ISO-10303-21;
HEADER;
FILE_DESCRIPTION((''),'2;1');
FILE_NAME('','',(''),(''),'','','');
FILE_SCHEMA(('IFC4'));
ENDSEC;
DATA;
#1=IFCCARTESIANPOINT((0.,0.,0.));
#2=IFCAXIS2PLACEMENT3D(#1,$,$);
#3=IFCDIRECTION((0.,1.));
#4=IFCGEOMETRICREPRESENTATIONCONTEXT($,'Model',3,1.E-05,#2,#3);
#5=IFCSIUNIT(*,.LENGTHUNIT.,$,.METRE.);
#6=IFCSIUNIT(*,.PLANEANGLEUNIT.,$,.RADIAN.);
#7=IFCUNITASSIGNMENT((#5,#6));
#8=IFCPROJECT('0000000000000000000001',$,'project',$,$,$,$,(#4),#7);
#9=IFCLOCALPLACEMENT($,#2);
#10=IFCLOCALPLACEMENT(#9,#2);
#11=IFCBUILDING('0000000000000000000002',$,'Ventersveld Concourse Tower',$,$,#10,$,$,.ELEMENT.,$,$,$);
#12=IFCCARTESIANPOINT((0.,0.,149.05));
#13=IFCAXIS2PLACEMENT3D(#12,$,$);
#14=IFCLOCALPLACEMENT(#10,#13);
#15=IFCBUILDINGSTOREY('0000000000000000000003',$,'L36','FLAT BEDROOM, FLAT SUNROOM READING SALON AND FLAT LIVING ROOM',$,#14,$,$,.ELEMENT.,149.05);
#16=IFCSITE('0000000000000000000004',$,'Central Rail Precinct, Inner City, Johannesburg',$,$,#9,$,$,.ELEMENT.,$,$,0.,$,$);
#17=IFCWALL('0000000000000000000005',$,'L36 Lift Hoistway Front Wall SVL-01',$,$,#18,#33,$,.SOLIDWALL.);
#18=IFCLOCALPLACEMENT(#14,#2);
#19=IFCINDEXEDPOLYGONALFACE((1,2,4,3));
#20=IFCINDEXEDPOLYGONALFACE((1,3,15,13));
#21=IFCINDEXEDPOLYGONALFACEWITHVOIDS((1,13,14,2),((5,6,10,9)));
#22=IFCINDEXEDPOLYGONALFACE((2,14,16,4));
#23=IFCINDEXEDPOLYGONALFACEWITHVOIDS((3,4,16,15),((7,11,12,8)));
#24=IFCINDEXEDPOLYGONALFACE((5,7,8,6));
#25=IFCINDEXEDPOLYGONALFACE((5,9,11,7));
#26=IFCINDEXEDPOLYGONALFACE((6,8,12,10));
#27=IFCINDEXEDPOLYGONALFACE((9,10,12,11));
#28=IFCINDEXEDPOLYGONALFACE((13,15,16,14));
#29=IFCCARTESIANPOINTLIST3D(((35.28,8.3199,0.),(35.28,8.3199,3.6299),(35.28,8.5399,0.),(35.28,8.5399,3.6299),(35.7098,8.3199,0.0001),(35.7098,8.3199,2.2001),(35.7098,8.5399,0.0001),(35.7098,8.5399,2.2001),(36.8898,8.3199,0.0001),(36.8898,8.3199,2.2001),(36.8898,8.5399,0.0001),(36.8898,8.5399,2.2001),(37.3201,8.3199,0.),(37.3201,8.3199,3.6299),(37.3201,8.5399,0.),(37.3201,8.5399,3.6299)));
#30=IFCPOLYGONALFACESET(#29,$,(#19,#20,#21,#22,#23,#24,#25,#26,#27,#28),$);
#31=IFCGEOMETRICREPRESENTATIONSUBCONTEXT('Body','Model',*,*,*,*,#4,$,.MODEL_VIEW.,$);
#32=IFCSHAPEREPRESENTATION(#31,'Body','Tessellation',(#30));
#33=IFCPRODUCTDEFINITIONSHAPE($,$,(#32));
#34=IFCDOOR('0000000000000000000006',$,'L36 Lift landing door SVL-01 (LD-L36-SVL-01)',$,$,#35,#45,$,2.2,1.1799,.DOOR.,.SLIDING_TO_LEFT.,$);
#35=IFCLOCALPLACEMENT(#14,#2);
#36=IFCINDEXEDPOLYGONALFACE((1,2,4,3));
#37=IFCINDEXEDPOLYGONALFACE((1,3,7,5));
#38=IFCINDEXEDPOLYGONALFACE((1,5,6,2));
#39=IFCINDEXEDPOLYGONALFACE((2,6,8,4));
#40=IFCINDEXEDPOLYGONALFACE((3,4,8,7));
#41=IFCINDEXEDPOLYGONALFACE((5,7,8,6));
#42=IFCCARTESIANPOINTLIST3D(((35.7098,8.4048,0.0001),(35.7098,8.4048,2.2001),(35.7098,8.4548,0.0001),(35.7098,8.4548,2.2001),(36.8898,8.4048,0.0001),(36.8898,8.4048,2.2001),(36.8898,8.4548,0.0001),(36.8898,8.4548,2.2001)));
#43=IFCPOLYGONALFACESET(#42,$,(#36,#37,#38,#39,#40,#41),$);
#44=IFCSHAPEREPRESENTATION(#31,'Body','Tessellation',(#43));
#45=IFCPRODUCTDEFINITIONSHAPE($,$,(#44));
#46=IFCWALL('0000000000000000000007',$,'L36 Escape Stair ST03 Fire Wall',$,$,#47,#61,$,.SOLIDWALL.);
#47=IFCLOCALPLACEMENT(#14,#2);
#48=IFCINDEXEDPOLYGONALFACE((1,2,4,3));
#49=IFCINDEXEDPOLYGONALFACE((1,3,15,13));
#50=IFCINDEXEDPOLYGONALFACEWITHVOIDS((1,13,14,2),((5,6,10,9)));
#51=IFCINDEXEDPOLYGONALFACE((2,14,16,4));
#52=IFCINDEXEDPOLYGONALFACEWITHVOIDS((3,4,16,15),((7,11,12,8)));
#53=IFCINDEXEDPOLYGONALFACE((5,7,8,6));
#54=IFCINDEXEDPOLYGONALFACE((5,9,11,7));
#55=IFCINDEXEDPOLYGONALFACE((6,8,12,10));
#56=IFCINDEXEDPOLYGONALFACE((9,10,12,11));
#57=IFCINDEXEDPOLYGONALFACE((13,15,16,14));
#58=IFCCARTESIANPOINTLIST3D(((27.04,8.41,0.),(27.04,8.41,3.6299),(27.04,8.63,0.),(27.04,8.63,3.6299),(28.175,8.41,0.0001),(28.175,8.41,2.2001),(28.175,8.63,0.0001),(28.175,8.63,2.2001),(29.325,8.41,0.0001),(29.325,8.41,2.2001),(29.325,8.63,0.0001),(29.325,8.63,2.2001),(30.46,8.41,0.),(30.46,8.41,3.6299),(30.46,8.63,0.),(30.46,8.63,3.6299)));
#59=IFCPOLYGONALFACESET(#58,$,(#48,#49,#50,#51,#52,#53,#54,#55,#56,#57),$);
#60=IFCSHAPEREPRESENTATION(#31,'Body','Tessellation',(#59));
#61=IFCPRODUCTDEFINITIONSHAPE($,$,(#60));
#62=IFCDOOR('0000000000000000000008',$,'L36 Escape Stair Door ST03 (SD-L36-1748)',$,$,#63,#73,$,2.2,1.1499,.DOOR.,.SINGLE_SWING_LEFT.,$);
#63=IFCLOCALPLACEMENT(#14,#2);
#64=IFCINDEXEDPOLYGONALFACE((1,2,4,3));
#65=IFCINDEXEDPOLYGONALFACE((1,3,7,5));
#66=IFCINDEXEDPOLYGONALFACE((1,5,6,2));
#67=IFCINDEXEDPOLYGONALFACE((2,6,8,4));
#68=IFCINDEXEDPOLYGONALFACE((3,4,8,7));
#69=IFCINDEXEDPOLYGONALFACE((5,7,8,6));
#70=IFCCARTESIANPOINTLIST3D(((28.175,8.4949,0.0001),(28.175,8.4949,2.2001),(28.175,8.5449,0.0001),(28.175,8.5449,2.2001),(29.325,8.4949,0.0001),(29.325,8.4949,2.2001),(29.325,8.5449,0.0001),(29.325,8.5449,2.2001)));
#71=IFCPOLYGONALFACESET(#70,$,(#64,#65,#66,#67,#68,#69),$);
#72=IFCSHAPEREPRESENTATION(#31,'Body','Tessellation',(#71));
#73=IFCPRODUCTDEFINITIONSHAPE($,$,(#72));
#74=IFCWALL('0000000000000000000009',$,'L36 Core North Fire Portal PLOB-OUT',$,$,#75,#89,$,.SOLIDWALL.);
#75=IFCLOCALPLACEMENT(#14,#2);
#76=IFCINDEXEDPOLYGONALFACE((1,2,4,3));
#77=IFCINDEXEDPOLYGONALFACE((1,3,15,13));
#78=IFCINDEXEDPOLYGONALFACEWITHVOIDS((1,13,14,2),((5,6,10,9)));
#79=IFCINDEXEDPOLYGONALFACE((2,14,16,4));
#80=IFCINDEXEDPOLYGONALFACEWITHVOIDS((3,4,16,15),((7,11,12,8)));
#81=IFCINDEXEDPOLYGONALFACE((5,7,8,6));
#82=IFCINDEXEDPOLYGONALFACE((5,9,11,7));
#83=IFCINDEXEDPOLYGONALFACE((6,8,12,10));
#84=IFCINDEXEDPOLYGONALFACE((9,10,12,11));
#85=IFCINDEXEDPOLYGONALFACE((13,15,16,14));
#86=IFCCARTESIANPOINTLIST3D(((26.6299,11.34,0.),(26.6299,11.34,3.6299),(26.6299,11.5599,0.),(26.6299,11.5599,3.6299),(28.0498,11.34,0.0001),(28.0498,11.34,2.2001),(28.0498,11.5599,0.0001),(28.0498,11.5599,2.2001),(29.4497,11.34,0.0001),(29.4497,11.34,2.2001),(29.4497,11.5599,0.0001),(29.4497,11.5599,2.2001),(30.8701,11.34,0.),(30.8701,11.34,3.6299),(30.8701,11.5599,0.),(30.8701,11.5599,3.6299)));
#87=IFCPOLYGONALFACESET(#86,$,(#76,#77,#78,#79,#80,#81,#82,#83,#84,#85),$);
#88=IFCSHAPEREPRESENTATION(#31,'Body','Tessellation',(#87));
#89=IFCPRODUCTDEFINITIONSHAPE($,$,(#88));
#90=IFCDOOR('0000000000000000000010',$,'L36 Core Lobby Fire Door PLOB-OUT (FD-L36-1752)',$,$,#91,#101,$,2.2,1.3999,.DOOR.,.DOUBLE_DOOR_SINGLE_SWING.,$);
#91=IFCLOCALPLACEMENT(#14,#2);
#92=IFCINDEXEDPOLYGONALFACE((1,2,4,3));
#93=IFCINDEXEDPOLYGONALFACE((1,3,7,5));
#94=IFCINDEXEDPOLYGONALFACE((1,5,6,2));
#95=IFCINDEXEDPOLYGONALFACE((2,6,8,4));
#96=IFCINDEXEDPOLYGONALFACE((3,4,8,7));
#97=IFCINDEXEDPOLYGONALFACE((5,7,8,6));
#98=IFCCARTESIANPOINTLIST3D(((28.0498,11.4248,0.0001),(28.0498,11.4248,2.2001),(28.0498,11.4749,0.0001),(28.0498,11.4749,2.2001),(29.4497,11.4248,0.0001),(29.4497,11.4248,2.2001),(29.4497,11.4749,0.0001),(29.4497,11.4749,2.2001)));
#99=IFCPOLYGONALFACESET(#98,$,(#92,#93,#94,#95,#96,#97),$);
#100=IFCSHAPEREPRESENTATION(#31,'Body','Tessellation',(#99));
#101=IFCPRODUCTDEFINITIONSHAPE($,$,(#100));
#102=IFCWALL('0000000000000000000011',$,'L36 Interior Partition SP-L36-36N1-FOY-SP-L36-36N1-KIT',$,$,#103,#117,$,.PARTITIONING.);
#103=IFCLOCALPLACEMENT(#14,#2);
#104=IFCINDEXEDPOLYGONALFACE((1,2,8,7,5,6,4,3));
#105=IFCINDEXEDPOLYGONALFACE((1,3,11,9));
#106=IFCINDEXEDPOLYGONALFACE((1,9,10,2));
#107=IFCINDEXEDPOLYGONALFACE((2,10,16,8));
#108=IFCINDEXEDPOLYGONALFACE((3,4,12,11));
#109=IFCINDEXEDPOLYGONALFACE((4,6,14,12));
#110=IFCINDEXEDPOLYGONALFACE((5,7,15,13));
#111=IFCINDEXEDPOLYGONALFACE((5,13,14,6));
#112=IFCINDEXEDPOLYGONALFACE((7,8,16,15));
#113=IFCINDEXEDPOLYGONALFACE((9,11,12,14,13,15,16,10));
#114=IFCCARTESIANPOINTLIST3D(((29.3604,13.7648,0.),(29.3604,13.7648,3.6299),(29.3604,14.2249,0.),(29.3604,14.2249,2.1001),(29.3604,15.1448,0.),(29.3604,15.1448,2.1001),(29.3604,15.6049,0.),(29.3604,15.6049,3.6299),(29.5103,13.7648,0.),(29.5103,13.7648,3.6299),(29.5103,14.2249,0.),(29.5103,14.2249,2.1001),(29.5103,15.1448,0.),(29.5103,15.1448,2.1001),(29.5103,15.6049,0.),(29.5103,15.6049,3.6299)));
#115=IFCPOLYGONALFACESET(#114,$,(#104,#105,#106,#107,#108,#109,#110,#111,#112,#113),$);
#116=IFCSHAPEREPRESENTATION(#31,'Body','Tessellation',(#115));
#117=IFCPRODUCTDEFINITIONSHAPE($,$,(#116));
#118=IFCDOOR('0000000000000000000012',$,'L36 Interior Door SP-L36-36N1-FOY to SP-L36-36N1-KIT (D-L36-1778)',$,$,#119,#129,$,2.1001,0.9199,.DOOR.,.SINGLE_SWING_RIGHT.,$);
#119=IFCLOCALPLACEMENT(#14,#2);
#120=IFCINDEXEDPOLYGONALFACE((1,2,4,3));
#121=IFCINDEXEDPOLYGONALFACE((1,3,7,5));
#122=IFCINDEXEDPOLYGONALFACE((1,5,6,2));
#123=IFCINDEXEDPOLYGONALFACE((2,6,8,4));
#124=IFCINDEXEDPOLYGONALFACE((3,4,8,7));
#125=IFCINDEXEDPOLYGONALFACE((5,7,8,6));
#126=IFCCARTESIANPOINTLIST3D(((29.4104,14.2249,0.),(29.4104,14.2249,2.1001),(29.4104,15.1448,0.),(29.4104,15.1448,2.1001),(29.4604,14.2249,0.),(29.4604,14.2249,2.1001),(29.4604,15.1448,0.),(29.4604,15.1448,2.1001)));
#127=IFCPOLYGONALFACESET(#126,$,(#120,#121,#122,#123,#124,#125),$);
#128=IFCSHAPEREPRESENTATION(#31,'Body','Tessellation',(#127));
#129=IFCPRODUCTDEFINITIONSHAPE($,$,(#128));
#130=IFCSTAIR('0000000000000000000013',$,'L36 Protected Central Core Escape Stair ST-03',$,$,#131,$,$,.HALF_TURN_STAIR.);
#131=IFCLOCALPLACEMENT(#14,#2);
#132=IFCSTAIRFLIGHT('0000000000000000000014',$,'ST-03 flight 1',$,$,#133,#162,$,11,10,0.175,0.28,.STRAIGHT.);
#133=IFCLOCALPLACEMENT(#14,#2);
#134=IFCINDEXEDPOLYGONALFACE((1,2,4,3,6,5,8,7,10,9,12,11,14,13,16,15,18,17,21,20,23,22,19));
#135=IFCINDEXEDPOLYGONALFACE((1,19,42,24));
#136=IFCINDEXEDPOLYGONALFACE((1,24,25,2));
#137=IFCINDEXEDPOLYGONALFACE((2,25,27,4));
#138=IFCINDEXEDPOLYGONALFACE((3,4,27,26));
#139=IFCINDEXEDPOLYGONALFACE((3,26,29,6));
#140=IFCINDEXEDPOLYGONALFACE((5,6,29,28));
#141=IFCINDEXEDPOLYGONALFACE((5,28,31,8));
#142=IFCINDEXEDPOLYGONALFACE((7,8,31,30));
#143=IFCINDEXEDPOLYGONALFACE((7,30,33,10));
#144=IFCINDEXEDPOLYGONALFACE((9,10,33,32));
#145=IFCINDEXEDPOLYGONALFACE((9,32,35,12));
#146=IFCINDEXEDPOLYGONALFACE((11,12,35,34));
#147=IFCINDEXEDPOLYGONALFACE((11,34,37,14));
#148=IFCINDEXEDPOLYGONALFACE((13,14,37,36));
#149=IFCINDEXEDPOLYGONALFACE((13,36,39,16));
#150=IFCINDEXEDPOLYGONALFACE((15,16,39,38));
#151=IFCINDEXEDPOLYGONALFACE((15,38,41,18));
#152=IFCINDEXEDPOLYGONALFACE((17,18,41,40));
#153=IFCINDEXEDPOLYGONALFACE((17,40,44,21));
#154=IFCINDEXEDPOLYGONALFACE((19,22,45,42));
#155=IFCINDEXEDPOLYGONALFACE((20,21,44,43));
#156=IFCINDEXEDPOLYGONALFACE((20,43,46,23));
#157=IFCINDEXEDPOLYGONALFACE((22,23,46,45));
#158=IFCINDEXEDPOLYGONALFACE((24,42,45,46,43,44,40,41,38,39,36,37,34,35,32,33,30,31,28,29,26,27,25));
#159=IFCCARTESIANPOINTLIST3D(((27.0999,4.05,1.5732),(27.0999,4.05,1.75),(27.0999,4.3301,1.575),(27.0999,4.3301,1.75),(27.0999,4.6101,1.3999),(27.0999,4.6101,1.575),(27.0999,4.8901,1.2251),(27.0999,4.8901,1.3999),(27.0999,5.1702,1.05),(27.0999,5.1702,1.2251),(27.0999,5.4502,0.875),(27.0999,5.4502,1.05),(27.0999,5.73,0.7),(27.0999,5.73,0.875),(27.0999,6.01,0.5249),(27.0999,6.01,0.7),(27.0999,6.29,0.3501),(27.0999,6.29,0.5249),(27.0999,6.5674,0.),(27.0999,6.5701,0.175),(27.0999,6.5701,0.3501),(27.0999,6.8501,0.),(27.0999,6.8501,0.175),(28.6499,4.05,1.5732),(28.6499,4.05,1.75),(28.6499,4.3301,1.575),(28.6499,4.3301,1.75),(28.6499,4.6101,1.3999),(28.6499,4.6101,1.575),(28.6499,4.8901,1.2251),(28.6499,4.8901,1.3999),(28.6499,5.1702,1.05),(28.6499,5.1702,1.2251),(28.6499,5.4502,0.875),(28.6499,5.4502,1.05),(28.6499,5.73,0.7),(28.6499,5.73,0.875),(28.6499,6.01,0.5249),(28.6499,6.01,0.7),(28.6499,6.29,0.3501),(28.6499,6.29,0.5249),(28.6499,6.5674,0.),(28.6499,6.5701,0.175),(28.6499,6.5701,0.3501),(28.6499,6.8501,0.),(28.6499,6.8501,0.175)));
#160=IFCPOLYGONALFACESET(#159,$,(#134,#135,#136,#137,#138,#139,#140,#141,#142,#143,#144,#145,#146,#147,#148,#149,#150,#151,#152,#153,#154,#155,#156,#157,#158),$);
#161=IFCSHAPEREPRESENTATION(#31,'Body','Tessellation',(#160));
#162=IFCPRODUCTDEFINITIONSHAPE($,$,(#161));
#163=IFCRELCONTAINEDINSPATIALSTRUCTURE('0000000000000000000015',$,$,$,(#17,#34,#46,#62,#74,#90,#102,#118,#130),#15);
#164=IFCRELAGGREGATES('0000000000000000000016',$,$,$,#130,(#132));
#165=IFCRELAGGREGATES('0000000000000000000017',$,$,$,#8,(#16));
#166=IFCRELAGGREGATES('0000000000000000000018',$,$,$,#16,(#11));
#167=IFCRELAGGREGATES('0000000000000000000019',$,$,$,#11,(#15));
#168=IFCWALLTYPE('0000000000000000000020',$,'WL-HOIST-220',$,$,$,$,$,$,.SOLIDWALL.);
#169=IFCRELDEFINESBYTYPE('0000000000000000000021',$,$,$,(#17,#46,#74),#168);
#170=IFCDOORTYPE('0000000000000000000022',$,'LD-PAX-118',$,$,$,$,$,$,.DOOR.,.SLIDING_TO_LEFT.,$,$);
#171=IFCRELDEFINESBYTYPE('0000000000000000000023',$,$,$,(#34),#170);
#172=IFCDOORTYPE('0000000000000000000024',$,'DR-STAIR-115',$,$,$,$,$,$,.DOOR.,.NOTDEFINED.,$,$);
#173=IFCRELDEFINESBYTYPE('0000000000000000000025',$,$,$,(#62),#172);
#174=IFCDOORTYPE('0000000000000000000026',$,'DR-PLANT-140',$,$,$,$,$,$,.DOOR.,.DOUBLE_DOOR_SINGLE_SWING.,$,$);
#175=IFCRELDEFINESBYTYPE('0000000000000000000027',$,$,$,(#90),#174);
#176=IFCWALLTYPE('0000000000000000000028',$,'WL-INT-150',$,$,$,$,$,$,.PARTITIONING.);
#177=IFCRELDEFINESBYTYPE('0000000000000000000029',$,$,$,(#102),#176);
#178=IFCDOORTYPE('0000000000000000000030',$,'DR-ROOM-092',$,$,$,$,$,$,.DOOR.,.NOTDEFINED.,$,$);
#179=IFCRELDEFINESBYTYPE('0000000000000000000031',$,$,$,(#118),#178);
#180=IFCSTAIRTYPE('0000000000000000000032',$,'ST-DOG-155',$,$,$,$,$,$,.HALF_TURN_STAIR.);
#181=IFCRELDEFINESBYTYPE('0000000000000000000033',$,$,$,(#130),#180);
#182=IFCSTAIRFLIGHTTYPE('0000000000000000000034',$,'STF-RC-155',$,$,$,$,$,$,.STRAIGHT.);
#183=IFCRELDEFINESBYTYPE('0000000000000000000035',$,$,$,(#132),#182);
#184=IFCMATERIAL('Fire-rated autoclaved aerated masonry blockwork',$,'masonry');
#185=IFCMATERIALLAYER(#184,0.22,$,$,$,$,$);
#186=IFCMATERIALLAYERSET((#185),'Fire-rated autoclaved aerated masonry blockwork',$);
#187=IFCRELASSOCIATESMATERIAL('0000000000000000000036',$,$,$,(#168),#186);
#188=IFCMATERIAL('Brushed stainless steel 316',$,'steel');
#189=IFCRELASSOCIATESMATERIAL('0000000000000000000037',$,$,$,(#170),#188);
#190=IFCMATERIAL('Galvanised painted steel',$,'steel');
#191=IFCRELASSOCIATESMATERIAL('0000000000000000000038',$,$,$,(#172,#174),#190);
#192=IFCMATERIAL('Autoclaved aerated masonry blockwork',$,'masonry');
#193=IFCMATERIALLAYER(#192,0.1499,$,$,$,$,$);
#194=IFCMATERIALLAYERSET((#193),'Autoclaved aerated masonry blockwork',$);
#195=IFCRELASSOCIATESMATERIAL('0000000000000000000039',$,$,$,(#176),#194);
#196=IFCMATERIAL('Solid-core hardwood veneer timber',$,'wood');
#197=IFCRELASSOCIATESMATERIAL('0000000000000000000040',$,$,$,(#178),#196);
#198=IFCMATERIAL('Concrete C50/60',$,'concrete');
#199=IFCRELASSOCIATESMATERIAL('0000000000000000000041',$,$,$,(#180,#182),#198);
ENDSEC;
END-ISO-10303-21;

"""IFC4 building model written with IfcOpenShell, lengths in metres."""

from ifc_helpers import new_model, si_unit, direction, frame, frame_2d, origin, place, context, subcontext, project, spatial, polyline, rectangle, outline, extrude, material, layer, layer_set, type_object, element, fill, aggregate, save


model = new_model("IFC4")

# Units and contexts
model_context = context("Model", 3, precision=1e-05, world=origin(), true_north=direction((0.0, 1.0)))
body_context = subcontext(model_context, "Body", "Model", "MODEL_VIEW")
ifc_project = project(units=[si_unit("LENGTHUNIT", "METRE"), si_unit("PLANEANGLEUNIT", "RADIAN")], contexts=[model_context])

# Site, building, storey
site_placement = place(None, origin())
site = spatial("IfcSite", under=ifc_project, at=site_placement, Name="Central Rail Precinct, Inner City, Johannesburg", CompositionType="ELEMENT", RefElevation=0.0)
building_placement = place(site_placement, origin())
building = spatial("IfcBuilding", under=site, at=building_placement, Name="Ventersveld Concourse Tower", CompositionType="ELEMENT")
storey_placement = place(building_placement, frame((0.0, 0.0, 149.05)))
storey = spatial("IfcBuildingStorey", under=building, at=storey_placement, Name="L36", Description="FLAT BEDROOM, FLAT SUNROOM READING SALON AND FLAT LIVING ROOM", CompositionType="ELEMENT", Elevation=149.05)

# Shared definitions
ifc_material_1 = material(Name="Concrete C50/60", Category="concrete")

# Shared definitions
ifc_material_2 = material(Name="Fire-rated autoclaved aerated masonry blockwork", Category="masonry")
ifc_material_3 = material(Name="Solid-core hardwood veneer timber", Category="wood")

# Shared definitions
ifc_layer_1 = layer(ifc_material_2, 0.22)
ifc_layer_set_1 = layer_set([ifc_layer_1], Name="Fire-rated autoclaved aerated masonry blockwork")
wall_type_1 = type_object("IfcWallType", Name="WL-HOIST-220", PredefinedType="SOLIDWALL", material=ifc_layer_set_1)

# Walls, openings, doors
wall_1_placement = place(storey_placement, frame((35.28, 8.4299, 0.0), z_axis=(0.0, 0.0, 1.0), x_axis=(1.0, 0.0, 0.0)))
wall_1 = element("IfcWall", 1, at=wall_1_placement, inside=storey, type_object=wall_type_1, Name="L36 Lift Hoistway Front Wall SVL-01", PredefinedType="SOLIDWALL", context=body_context, shape_type="SweptSolid", body=[
    extrude(rectangle(XDim=2.04, YDim=0.22, at=frame_2d((1.02, 0.0))), origin(), (0.0, 0.0, 1.0), 3.6299),
])
opening_1_placement = place(wall_1_placement, frame((0.4299, 0.0, 0.0)))
opening_1 = element("IfcOpeningElement", 2, at=opening_1_placement, cuts=wall_1, PredefinedType="OPENING", context=body_context, shape_type="SweptSolid", body=[
    extrude(rectangle(XDim=1.1799, YDim=2.2, at=frame_2d((0.5898, 1.1001))), frame((0.0, 0.1201, 0.0), z_axis=(0.0, -1.0, 0.0), x_axis=(1.0, 0.0, 0.0)), (0.0, 0.0, 1.0), 0.24),
])
ifc_material_4 = material(Name="Brushed stainless steel 316", Category="steel")
door_type_1 = type_object("IfcDoorType", Name="LD-PAX-118", OperationType="SLIDING_TO_LEFT", PredefinedType="DOOR", material=ifc_material_4)
door_1_placement = place(opening_1_placement, origin())
door_1 = element("IfcDoor", 3, at=door_1_placement, inside=storey, type_object=door_type_1, Name="L36 Lift landing door SVL-01 (LD-L36-SVL-01)", OperationType="SLIDING_TO_LEFT", OverallHeight=2.2, OverallWidth=1.1799, PredefinedType="DOOR", context=body_context, shape_type="SweptSolid", body=[
    extrude(rectangle(XDim=1.1799, YDim=2.2, at=frame_2d((0.5898, 1.1001))), frame((0.0, 0.0249, 0.0), z_axis=(0.0, -1.0, 0.0), x_axis=(1.0, 0.0, 0.0)), (0.0, 0.0, 1.0), 0.05),
])
fill(opening_1, door_1)
wall_2_placement = place(storey_placement, frame((27.04, 8.52, 0.0), z_axis=(0.0, 0.0, 1.0), x_axis=(1.0, 0.0, 0.0)))
wall_2 = element("IfcWall", 4, at=wall_2_placement, inside=storey, type_object=wall_type_1, Name="L36 Escape Stair ST03 Fire Wall", PredefinedType="SOLIDWALL", context=body_context, shape_type="SweptSolid", body=[
    extrude(rectangle(XDim=3.4199, YDim=0.22, at=frame_2d((1.71, 0.0))), origin(), (0.0, 0.0, 1.0), 3.6299),
])
opening_2_placement = place(wall_2_placement, frame((1.135, 0.0, 0.0)))
opening_2 = element("IfcOpeningElement", 5, at=opening_2_placement, cuts=wall_2, PredefinedType="OPENING", context=body_context, shape_type="SweptSolid", body=[
    extrude(rectangle(XDim=1.1499, YDim=2.2, at=frame_2d((0.575, 1.1001))), frame((0.0, 0.1201, 0.0), z_axis=(0.0, -1.0, 0.0), x_axis=(1.0, 0.0, 0.0)), (0.0, 0.0, 1.0), 0.24),
])
ifc_material_5 = material(Name="Galvanised painted steel", Category="steel")
door_type_2 = type_object("IfcDoorType", Name="DR-STAIR-115", OperationType="NOTDEFINED", PredefinedType="DOOR", material=ifc_material_5)
door_2_placement = place(opening_2_placement, origin())
door_2 = element("IfcDoor", 6, at=door_2_placement, inside=storey, type_object=door_type_2, Name="L36 Escape Stair Door ST03 (SD-L36-1748)", OperationType="SINGLE_SWING_LEFT", OverallHeight=2.2, OverallWidth=1.1499, PredefinedType="DOOR", context=body_context, shape_type="SweptSolid", body=[
    extrude(rectangle(XDim=1.1499, YDim=2.2, at=frame_2d((0.575, 1.1001))), frame((0.0, 0.0249, 0.0), z_axis=(0.0, -1.0, 0.0), x_axis=(1.0, 0.0, 0.0)), (0.0, 0.0, 1.0), 0.05),
])
fill(opening_2, door_2)
wall_3_placement = place(storey_placement, frame((26.6299, 11.45, 0.0), z_axis=(0.0, 0.0, 1.0), x_axis=(1.0, 0.0, 0.0)))
wall_3 = element("IfcWall", 7, at=wall_3_placement, inside=storey, type_object=wall_type_1, Name="L36 Core North Fire Portal PLOB-OUT", PredefinedType="SOLIDWALL", context=body_context, shape_type="SweptSolid", body=[
    extrude(rectangle(XDim=4.2402, YDim=0.22, at=frame_2d((2.1201, 0.0))), origin(), (0.0, 0.0, 1.0), 3.6299),
])
opening_3_placement = place(wall_3_placement, frame((1.4199, 0.0, 0.0)))
opening_3 = element("IfcOpeningElement", 8, at=opening_3_placement, cuts=wall_3, PredefinedType="OPENING", context=body_context, shape_type="SweptSolid", body=[
    extrude(rectangle(XDim=1.3999, YDim=2.2, at=frame_2d((0.7, 1.1001))), frame((0.0, 0.1201, 0.0), z_axis=(0.0, -1.0, 0.0), x_axis=(1.0, 0.0, 0.0)), (0.0, 0.0, 1.0), 0.24),
])
door_type_3 = type_object("IfcDoorType", Name="DR-PLANT-140", OperationType="DOUBLE_DOOR_SINGLE_SWING", PredefinedType="DOOR", material=ifc_material_5)
door_3_placement = place(opening_3_placement, origin())
door_3 = element("IfcDoor", 9, at=door_3_placement, inside=storey, type_object=door_type_3, Name="L36 Core Lobby Fire Door PLOB-OUT (FD-L36-1752)", OperationType="DOUBLE_DOOR_SINGLE_SWING", OverallHeight=2.2, OverallWidth=1.3999, PredefinedType="DOOR", context=body_context, shape_type="SweptSolid", body=[
    extrude(rectangle(XDim=1.3999, YDim=2.2, at=frame_2d((0.7, 1.1001))), frame((0.0, 0.0249, 0.0), z_axis=(0.0, -1.0, 0.0), x_axis=(1.0, 0.0, 0.0)), (0.0, 0.0, 1.0), 0.05),
])
fill(opening_3, door_3)
ifc_material_6 = material(Name="Autoclaved aerated masonry blockwork", Category="masonry")
ifc_layer_2 = layer(ifc_material_6, 0.1499)
ifc_layer_set_2 = layer_set([ifc_layer_2], Name="Autoclaved aerated masonry blockwork")
wall_type_2 = type_object("IfcWallType", Name="WL-INT-150", PredefinedType="PARTITIONING", material=ifc_layer_set_2)
wall_4_placement = place(storey_placement, frame((29.4353, 13.7649, 0.0), z_axis=(0.0, 0.0, 1.0), x_axis=(0.0, 1.0, 0.0)))
wall_4 = element("IfcWall", 10, at=wall_4_placement, inside=storey, type_object=wall_type_2, Name="L36 Interior Partition SP-L36-36N1-FOY-SP-L36-36N1-KIT", PredefinedType="PARTITIONING", context=body_context, shape_type="SweptSolid", body=[
    extrude(rectangle(XDim=1.8401, YDim=0.1499, at=frame_2d((0.9199, 0.0))), origin(), (0.0, 0.0, 1.0), 3.6299),
])
opening_4_placement = place(wall_4_placement, frame((0.46, 0.0, 0.0)))
opening_4 = element("IfcOpeningElement", 11, at=opening_4_placement, cuts=wall_4, PredefinedType="OPENING", context=body_context, shape_type="SweptSolid", body=[
    extrude(rectangle(XDim=0.9199, YDim=2.1001, at=frame_2d((0.46, 1.05))), frame((0.0, 0.085, 0.0), z_axis=(0.0, -1.0, 0.0), x_axis=(1.0, 0.0, 0.0)), (0.0, 0.0, 1.0), 0.1699),
])
door_type_4 = type_object("IfcDoorType", Name="DR-ROOM-092", OperationType="NOTDEFINED", PredefinedType="DOOR", material=ifc_material_3)
door_4_placement = place(opening_4_placement, origin())
door_4 = element("IfcDoor", 12, at=door_4_placement, inside=storey, type_object=door_type_4, Name="L36 Interior Door SP-L36-36N1-FOY to SP-L36-36N1-KIT (D-L36-1778)", OperationType="SINGLE_SWING_RIGHT", OverallHeight=2.1001, OverallWidth=0.9199, PredefinedType="DOOR", context=body_context, shape_type="SweptSolid", body=[
    extrude(rectangle(XDim=0.9199, YDim=2.1001, at=frame_2d((0.46, 1.05))), frame((0.0, 0.0249, 0.0), z_axis=(0.0, -1.0, 0.0), x_axis=(1.0, 0.0, 0.0)), (0.0, 0.0, 1.0), 0.05),
])
fill(opening_4, door_4)

# Stair, stair flight
stair_type = type_object("IfcStairType", Name="ST-DOG-155", PredefinedType="HALF_TURN_STAIR", material=ifc_material_1)
stair_placement = place(storey_placement, origin())
stair = element("IfcStair", 13, at=stair_placement, inside=storey, type_object=stair_type, Name="L36 Protected Central Core Escape Stair ST-03", PredefinedType="HALF_TURN_STAIR")
stair_flight_type = type_object("IfcStairFlightType", Name="STF-RC-155", PredefinedType="STRAIGHT", material=ifc_material_1)
stair_flight_placement = place(storey_placement, frame((27.875, 6.8501, 0.0), z_axis=(0.0, 0.0, 1.0), x_axis=(0.0, -1.0, 0.0)))
stair_flight = element("IfcStairFlight", 14, at=stair_flight_placement, type_object=stair_flight_type, Name="ST-03 flight 1", NumberOfRisers=11, NumberOfTreads=10, PredefinedType="STRAIGHT", RiserHeight=0.175, TreadLength=0.28, context=body_context, shape_type="SweptSolid", body=[
    extrude(outline(polyline([(0.0, 0.0), (0.0, 0.175), (0.28, 0.175), (0.28, 0.3501), (0.5601, 0.3501), (0.5601, 0.5249), (0.8401, 0.5249), (0.8401, 0.7), (1.1201, 0.7), (1.1201, 0.875), (1.3999, 0.875), (1.3999, 1.05), (1.6799, 1.05), (1.6799, 1.2251), (1.96, 1.2251), (1.96, 1.3999), (2.24, 1.3999), (2.24, 1.575), (2.52, 1.575), (2.52, 1.75), (2.8, 1.75), (2.8, 1.925), (2.8, 1.5732), (0.2827, 0.0), (0.0, 0.0)])), frame((0.0, 0.7749, 0.0), z_axis=(0.0, -1.0, 0.0), x_axis=(1.0, 0.0, 0.0)), (0.0, 0.0, 1.0), 1.55),
])
aggregate(stair, [stair_flight])

save(model, "model.ifc")
